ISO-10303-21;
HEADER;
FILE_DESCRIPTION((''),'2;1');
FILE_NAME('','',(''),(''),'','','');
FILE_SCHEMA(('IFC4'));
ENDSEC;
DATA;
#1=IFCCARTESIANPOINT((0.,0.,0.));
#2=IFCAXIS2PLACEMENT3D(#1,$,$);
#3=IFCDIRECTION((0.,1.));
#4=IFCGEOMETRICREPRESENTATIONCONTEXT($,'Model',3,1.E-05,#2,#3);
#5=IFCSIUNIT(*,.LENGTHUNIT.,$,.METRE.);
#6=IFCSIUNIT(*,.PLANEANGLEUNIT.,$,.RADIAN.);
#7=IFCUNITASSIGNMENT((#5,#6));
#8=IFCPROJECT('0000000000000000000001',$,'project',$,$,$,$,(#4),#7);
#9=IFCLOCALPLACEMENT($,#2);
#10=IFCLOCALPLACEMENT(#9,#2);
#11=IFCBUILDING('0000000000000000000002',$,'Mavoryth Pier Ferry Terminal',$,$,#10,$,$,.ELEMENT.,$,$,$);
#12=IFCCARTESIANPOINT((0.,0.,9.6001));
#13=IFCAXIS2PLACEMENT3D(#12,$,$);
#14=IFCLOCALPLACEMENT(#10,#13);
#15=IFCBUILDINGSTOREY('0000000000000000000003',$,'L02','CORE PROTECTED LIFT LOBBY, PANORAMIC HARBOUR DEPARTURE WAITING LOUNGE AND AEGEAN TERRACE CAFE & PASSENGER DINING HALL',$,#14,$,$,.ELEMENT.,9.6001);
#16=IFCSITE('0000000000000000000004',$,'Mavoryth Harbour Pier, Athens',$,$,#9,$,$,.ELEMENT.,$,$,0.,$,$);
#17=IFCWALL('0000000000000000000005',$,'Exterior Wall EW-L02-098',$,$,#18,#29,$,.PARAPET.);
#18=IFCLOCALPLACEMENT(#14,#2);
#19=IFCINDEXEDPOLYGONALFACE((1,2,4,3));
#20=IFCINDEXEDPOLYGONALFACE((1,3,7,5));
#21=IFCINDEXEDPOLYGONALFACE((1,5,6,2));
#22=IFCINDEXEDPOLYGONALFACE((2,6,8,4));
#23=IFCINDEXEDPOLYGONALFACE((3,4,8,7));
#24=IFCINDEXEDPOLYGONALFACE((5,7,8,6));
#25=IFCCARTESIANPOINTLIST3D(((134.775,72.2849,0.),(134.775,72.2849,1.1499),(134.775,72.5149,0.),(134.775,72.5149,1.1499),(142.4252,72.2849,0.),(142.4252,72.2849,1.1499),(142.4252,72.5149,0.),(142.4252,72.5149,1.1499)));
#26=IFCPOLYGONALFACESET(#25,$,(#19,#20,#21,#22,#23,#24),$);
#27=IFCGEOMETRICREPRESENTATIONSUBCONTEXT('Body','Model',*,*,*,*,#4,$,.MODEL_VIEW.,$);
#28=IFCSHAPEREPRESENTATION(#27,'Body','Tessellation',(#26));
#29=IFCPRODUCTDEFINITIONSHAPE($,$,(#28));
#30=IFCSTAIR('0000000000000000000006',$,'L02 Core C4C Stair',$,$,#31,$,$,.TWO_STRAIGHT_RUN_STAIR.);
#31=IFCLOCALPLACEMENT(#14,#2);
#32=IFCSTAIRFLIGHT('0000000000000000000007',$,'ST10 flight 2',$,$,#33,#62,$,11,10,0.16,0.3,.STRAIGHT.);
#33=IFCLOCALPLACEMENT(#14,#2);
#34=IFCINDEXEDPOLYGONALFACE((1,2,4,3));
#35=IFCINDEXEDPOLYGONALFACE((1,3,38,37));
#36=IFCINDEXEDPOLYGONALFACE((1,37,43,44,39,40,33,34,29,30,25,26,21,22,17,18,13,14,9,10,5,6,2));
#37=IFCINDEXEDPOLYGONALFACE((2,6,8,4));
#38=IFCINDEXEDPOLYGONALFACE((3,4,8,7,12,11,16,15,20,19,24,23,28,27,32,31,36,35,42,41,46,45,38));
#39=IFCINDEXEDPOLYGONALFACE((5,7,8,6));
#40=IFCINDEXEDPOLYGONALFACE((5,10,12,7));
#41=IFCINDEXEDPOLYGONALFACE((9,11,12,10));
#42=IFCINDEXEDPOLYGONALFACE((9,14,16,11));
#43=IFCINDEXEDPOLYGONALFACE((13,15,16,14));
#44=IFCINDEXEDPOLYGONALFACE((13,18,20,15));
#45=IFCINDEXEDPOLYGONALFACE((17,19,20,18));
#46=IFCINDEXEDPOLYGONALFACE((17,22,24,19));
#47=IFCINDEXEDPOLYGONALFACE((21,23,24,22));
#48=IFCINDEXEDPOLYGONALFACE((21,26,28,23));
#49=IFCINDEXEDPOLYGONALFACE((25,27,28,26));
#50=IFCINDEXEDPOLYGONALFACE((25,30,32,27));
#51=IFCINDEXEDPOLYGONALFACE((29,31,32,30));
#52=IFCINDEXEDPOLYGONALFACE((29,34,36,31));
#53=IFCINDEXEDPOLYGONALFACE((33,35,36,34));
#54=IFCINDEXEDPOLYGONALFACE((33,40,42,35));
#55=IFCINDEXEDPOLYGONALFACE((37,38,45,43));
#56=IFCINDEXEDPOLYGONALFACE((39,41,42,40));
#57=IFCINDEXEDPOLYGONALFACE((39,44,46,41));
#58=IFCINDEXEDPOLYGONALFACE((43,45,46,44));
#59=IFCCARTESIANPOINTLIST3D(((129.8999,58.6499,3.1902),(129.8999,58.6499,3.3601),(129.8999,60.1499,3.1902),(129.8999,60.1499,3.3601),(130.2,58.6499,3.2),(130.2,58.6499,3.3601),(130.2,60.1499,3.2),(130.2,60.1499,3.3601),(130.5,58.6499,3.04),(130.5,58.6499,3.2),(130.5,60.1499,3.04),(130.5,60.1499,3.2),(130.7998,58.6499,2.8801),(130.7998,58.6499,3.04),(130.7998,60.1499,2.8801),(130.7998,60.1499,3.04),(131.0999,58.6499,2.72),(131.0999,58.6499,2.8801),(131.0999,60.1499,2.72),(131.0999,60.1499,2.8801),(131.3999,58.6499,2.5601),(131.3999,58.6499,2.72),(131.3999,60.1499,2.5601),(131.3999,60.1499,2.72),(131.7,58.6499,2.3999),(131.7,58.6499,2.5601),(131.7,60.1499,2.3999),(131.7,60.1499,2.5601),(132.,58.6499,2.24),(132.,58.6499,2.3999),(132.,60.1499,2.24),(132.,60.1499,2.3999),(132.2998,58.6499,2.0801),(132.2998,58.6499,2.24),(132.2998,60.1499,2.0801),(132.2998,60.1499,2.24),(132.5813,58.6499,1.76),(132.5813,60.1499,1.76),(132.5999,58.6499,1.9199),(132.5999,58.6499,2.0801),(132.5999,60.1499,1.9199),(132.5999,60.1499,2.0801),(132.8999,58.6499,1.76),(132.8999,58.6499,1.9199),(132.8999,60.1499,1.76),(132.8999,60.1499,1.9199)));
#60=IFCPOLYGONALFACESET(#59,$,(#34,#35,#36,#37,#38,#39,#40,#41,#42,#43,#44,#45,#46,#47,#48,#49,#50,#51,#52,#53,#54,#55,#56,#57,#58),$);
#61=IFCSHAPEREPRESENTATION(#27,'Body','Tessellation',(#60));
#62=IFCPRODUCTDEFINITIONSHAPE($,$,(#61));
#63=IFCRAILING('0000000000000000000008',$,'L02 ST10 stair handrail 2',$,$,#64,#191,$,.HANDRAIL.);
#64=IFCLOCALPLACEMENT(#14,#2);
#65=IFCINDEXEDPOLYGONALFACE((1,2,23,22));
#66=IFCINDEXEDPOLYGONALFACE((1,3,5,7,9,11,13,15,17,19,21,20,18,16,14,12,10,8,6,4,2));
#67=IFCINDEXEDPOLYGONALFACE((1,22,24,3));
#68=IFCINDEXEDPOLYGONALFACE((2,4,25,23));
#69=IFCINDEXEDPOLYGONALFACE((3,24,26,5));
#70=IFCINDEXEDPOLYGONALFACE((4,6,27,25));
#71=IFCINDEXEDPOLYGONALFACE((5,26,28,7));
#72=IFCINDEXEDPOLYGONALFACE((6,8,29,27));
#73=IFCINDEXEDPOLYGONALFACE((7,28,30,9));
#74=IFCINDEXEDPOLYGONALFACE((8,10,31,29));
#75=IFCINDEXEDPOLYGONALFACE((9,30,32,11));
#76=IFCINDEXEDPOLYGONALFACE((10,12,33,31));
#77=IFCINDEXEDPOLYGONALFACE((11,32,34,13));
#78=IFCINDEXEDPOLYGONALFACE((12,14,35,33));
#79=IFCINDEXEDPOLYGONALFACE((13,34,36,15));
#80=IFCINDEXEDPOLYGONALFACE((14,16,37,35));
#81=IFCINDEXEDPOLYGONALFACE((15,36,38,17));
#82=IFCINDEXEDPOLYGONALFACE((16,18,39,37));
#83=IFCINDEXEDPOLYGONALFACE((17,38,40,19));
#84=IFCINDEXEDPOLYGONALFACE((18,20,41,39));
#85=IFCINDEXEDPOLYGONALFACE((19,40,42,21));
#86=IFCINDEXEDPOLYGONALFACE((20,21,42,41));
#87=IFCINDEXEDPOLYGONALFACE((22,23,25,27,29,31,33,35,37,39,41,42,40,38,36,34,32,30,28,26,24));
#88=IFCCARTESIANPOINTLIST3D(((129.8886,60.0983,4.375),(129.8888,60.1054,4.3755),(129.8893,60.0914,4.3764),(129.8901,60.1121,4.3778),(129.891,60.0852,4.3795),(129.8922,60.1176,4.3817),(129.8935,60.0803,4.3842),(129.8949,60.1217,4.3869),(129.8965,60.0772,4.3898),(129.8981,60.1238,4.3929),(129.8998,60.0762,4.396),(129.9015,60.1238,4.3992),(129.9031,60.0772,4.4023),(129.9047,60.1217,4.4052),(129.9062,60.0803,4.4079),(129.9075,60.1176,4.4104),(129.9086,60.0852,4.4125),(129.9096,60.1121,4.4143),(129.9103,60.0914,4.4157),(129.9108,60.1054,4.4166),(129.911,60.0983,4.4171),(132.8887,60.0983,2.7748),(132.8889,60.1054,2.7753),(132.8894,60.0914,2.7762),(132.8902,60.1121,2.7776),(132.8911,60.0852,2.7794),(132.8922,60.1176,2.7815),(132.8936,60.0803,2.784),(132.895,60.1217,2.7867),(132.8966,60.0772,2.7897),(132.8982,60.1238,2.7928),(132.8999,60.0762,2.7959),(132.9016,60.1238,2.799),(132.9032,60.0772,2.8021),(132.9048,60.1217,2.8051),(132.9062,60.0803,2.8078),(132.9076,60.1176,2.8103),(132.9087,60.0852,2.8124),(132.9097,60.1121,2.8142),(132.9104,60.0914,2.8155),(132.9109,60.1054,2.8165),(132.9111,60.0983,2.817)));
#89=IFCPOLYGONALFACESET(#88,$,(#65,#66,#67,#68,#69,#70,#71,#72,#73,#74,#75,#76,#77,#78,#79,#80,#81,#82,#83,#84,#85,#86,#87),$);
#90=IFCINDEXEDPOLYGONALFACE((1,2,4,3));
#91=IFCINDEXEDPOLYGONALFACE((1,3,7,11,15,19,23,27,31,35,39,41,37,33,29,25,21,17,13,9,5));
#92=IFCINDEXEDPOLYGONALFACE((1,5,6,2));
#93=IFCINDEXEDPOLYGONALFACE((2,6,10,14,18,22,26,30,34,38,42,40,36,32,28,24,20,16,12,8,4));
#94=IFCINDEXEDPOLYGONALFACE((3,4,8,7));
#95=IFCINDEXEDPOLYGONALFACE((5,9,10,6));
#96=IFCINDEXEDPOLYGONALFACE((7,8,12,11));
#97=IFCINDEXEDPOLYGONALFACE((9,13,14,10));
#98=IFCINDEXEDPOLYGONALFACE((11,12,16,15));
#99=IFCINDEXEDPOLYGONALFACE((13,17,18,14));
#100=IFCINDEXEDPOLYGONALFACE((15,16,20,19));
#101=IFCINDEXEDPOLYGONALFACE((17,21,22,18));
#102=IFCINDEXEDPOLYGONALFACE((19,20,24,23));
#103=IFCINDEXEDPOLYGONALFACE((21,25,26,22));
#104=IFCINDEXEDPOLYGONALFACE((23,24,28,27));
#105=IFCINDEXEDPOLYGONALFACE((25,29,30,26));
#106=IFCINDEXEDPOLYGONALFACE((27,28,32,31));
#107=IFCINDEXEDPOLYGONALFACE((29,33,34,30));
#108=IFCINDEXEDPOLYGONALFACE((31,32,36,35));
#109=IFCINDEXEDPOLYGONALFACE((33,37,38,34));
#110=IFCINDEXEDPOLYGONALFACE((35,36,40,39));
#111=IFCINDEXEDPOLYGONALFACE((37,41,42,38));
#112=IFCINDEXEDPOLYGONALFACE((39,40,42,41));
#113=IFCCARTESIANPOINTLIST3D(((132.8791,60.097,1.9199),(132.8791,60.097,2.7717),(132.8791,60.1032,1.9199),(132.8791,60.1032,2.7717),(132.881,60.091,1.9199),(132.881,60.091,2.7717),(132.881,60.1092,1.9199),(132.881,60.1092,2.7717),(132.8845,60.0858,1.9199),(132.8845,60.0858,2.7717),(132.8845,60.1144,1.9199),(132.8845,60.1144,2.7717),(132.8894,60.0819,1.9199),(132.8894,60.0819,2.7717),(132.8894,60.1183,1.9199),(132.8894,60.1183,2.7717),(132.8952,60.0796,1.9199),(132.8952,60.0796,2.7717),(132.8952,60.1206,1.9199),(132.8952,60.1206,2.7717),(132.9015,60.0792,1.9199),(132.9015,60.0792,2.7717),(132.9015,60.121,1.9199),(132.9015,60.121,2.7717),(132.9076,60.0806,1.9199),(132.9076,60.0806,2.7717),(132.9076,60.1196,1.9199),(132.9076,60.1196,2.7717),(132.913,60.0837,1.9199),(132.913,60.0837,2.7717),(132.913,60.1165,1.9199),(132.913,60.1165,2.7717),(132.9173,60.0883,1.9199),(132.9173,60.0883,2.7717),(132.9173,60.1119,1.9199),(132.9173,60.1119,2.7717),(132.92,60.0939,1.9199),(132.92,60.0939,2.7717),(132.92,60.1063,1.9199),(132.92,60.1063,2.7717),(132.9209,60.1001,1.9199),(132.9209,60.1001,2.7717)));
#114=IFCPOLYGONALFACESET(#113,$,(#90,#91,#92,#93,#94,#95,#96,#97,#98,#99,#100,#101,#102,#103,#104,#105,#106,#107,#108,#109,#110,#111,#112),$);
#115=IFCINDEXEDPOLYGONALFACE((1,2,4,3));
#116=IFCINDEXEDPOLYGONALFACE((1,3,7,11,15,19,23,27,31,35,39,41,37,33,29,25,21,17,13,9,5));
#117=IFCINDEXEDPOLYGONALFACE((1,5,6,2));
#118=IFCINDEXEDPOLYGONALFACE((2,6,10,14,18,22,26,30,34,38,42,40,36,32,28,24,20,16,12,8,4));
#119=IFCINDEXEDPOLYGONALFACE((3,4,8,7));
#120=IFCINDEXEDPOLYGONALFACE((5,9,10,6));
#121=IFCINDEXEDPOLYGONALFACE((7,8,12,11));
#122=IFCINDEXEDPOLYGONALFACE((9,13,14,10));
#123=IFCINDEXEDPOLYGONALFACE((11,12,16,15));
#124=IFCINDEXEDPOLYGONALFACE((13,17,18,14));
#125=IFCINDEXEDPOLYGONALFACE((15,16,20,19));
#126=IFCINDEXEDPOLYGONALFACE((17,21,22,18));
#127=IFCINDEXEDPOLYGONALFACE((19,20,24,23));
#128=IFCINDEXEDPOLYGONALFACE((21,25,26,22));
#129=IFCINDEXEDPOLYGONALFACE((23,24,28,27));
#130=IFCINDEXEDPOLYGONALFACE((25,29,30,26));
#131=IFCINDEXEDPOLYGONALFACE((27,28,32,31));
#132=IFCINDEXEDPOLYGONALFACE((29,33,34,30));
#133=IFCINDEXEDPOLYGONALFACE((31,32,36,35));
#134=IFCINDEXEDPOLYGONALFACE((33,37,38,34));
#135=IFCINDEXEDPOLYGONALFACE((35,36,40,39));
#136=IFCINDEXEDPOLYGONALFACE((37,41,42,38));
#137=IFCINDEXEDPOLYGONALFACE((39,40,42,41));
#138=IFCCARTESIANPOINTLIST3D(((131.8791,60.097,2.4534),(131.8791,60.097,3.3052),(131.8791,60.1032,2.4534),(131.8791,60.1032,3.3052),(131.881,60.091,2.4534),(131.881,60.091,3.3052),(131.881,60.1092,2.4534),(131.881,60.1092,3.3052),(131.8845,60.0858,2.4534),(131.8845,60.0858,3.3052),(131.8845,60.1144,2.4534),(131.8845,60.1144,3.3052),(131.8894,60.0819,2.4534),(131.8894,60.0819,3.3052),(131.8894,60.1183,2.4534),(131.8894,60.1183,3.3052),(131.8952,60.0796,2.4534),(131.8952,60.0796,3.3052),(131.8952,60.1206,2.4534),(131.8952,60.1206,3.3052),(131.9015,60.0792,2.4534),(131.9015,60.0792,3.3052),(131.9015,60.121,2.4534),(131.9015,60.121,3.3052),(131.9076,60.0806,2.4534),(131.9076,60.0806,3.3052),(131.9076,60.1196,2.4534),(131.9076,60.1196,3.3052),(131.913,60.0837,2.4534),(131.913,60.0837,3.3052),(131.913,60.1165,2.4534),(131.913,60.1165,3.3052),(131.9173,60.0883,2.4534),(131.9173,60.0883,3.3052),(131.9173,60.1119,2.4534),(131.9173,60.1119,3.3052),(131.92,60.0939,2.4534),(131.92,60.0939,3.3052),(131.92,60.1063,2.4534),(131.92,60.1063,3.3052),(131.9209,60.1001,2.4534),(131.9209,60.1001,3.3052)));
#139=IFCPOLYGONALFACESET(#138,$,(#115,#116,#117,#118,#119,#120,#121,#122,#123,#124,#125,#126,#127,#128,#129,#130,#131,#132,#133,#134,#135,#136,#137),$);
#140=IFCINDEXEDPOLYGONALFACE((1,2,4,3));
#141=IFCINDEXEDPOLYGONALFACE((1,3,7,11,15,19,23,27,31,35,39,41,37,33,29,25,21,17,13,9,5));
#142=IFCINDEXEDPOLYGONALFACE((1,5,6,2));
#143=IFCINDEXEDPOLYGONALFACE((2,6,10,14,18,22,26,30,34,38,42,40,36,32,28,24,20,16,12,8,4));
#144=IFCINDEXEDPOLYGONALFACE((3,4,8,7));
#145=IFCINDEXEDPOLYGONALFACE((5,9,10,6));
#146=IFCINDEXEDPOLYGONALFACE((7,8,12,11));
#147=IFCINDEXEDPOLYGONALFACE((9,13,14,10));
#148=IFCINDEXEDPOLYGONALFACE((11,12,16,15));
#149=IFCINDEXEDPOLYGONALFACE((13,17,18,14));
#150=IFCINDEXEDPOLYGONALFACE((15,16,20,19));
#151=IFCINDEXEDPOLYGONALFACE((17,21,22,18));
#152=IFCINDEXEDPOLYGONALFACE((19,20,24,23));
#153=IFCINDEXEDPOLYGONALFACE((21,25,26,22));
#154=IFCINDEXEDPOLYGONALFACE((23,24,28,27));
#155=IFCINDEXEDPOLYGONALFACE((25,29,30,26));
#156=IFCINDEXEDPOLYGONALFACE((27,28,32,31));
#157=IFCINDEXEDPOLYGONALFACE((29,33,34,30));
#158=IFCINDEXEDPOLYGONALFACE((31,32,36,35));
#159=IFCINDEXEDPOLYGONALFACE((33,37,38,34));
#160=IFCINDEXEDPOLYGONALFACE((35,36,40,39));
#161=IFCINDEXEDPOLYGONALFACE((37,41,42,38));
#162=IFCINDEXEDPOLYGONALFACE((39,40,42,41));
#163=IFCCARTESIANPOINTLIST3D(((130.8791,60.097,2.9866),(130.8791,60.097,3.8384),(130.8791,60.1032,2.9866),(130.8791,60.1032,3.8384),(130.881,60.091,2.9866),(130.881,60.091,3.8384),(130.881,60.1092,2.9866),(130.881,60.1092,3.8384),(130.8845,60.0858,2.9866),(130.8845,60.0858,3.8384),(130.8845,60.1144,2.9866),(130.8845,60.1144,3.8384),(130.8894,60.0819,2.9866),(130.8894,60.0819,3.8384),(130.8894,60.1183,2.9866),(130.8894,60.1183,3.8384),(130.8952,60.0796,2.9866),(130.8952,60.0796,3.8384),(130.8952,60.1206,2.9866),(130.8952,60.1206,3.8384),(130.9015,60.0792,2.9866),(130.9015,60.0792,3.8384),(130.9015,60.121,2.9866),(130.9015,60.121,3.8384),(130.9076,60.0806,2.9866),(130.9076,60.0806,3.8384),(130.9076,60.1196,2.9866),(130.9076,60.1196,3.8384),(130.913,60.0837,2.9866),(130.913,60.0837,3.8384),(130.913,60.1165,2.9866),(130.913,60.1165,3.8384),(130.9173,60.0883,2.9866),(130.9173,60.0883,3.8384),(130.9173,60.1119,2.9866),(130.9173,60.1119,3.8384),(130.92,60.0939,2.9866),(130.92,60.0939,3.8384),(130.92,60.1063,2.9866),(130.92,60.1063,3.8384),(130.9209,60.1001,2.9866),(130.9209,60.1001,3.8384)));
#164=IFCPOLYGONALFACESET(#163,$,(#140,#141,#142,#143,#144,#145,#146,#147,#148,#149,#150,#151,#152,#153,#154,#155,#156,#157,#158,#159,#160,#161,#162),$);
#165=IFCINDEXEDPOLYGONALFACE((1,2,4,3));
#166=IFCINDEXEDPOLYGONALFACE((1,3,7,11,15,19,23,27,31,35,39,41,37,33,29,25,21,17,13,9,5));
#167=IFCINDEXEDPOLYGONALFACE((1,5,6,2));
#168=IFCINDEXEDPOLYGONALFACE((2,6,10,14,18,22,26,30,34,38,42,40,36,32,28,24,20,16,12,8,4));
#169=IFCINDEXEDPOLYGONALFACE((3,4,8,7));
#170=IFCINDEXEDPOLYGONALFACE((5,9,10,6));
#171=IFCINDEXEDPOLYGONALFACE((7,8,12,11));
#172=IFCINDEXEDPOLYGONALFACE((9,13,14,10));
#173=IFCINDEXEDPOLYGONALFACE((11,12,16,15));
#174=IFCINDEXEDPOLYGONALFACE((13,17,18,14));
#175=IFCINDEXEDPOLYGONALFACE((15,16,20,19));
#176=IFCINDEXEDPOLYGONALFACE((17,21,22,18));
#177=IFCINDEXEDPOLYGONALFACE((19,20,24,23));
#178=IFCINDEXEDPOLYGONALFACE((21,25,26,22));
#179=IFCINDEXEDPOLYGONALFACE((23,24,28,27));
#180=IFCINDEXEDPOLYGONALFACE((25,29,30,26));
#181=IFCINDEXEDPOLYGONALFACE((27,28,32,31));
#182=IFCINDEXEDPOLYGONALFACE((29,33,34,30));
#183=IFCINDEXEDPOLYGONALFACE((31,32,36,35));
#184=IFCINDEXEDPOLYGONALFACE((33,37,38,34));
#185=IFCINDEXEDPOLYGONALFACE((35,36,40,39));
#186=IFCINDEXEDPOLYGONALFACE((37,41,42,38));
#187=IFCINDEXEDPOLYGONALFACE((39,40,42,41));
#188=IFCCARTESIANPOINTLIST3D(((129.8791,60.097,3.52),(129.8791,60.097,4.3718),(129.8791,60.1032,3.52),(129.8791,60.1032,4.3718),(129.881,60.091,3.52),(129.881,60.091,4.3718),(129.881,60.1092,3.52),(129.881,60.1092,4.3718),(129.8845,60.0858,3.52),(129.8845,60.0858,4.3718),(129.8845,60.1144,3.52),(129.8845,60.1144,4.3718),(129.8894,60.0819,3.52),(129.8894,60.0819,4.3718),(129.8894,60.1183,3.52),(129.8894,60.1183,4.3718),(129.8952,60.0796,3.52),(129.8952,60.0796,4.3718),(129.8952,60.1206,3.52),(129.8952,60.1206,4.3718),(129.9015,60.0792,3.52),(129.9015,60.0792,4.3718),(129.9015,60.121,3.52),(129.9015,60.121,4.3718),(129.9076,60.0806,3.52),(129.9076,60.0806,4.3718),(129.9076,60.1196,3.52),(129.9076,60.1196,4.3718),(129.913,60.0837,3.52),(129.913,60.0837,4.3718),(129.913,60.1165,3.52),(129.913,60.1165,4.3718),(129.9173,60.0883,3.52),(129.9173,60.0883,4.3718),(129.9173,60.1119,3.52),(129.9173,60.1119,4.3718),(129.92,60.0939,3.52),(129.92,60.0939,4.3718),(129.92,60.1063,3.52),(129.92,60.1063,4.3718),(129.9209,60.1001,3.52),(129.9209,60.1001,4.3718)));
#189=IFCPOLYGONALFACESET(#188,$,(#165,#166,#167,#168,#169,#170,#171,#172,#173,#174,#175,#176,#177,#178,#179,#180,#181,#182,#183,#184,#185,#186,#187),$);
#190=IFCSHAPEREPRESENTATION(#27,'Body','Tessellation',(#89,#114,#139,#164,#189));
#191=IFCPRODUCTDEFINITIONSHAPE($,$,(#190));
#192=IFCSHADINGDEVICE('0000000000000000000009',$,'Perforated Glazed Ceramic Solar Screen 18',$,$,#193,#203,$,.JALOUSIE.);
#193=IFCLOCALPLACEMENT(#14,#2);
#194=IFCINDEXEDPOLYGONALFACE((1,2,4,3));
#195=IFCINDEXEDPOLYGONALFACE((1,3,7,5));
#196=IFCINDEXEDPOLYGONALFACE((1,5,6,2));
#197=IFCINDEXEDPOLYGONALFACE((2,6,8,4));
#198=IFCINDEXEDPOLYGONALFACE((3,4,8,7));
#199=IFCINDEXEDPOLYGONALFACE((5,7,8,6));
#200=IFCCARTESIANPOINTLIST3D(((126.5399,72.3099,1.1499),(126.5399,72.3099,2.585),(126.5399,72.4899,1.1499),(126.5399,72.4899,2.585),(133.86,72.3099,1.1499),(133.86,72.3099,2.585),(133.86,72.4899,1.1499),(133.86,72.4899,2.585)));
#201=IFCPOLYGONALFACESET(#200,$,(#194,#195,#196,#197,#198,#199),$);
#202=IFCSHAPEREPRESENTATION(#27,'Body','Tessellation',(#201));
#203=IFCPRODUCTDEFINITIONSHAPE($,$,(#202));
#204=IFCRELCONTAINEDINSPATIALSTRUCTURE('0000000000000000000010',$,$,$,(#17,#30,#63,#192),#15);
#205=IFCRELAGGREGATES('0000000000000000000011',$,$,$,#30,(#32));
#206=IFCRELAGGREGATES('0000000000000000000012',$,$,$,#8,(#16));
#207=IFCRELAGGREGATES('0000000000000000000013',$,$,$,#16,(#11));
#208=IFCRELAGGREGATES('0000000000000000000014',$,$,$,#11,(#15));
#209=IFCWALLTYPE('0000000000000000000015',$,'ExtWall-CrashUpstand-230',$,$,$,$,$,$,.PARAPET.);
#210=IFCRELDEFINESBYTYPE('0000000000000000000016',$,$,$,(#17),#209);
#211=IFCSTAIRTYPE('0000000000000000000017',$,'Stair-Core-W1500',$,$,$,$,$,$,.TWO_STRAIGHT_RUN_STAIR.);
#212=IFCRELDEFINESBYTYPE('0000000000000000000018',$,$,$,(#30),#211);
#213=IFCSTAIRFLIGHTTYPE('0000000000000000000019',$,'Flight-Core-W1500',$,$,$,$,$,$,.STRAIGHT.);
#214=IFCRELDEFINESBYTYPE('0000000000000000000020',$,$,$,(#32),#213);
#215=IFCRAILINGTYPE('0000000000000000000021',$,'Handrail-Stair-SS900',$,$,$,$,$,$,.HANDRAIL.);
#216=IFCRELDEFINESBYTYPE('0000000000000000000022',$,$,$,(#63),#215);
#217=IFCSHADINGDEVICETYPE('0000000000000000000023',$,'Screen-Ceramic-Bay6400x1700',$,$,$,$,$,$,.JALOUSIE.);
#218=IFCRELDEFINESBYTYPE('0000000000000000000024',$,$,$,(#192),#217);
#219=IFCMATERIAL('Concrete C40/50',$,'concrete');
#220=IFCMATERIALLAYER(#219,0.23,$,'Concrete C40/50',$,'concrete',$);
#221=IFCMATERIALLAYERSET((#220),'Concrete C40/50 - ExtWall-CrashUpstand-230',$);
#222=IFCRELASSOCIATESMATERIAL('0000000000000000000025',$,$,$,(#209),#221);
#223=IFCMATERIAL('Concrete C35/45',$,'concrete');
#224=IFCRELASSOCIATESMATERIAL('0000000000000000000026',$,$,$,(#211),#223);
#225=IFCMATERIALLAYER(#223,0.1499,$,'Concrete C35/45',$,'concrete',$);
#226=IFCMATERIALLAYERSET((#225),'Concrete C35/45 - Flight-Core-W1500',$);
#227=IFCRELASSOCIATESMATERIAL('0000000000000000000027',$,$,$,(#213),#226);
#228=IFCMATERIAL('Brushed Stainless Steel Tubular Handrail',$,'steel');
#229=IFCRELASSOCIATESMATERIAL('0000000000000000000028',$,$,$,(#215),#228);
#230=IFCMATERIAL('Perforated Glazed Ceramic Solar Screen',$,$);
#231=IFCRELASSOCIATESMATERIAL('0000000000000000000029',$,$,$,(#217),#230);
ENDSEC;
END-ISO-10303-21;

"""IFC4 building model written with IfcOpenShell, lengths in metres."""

from ifc_helpers import new_model, si_unit, direction, frame, frame_2d, origin, origin_2d, place, context, subcontext, project, spatial, polyline, rectangle, circle, outline, extrude, material, layer, layer_set, type_object, element, aggregate, save


model = new_model("IFC4")

# Units and contexts
model_context = context("Model", 3, precision=1e-05, world=origin(), true_north=direction((0.0, 1.0)))
body_context = subcontext(model_context, "Body", "Model", "MODEL_VIEW")
ifc_project = project(units=[si_unit("LENGTHUNIT", "METRE"), si_unit("PLANEANGLEUNIT", "RADIAN")], contexts=[model_context])

# Site, building, storey
site_placement = place(None, origin())
site = spatial("IfcSite", under=ifc_project, at=site_placement, Name="Mavoryth Harbour Pier, Athens", CompositionType="ELEMENT", RefElevation=0.0)
building_placement = place(site_placement, origin())
building = spatial("IfcBuilding", under=site, at=building_placement, Name="Mavoryth Pier Ferry Terminal", CompositionType="ELEMENT")
storey_placement = place(building_placement, frame((0.0, 0.0, 9.6001)))
storey = spatial("IfcBuildingStorey", under=building, at=storey_placement, Name="L02", Description="CORE PROTECTED LIFT LOBBY, PANORAMIC HARBOUR DEPARTURE WAITING LOUNGE AND AEGEAN TERRACE CAFE & PASSENGER DINING HALL", CompositionType="ELEMENT", Elevation=9.6001)

# Shared definitions
ifc_material_1 = material(Name="Concrete C40/50", Category="concrete")

# Shared definitions
ifc_material_2 = material(Name="Concrete C35/45", Category="concrete")

# Wall
ifc_layer_1 = layer(ifc_material_1, 0.23, Name="Concrete C40/50", Category="concrete")
ifc_layer_set_1 = layer_set([ifc_layer_1], Name="Concrete C40/50 - ExtWall-CrashUpstand-230")
wall_type_1 = type_object("IfcWallType", Name="ExtWall-CrashUpstand-230", PredefinedType="PARAPET", material=ifc_layer_set_1)
wall_1_placement = place(storey_placement, frame((134.7749, 72.3999, 0.0), z_axis=(0.0, 0.0, 1.0), x_axis=(1.0, 0.0, 0.0)))
element("IfcWall", 1, at=wall_1_placement, inside=storey, type_object=wall_type_1, Name="Exterior Wall EW-L02-098", PredefinedType="PARAPET", context=body_context, shape_type="SweptSolid", body=[
    extrude(rectangle(XDim=7.6501, YDim=0.23, at=frame_2d((3.8252, 0.0))), origin(), (0.0, 0.0, 1.0), 1.1499),
])

# Stair, stair flight
stair_type = type_object("IfcStairType", Name="Stair-Core-W1500", PredefinedType="TWO_STRAIGHT_RUN_STAIR", material=ifc_material_2)
stair_placement = place(storey_placement, origin())
stair = element("IfcStair", 2, at=stair_placement, inside=storey, type_object=stair_type, Name="L02 Core C4C Stair", PredefinedType="TWO_STRAIGHT_RUN_STAIR")
ifc_layer_2 = layer(ifc_material_2, 0.1499, Name="Concrete C35/45", Category="concrete")
ifc_layer_set_2 = layer_set([ifc_layer_2], Name="Concrete C35/45 - Flight-Core-W1500")
stair_flight_type = type_object("IfcStairFlightType", Name="Flight-Core-W1500", PredefinedType="STRAIGHT", material=ifc_layer_set_2)
stair_flight_placement = place(storey_placement, frame((132.8999, 59.3999, 1.76), z_axis=(0.0, 0.0, 1.0), x_axis=(-1.0, 0.0, 0.0)))
stair_flight = element("IfcStairFlight", 3, at=stair_flight_placement, type_object=stair_flight_type, Name="ST10 flight 2", NumberOfRisers=11, NumberOfTreads=10, PredefinedType="STRAIGHT", RiserHeight=0.16, TreadLength=0.3, context=body_context, shape_type="SweptSolid", body=[
    extrude(outline(polyline([(0.0, 0.0), (0.0, 0.1599), (0.3, 0.1599), (0.3, 0.3201), (0.6001, 0.3201), (0.6001, 0.48), (0.8999, 0.48), (0.8999, 0.6399), (1.2, 0.6399), (1.2, 0.8), (1.5, 0.8), (1.5, 0.96), (1.8, 0.96), (1.8, 1.1201), (2.1001, 1.1201), (2.1001, 1.28), (2.3999, 1.28), (2.3999, 1.4399), (2.7, 1.4399), (2.7, 1.6001), (3.0, 1.6001), (3.0, 1.76), (3.0, 1.4302), (0.3186, 0.0), (0.0, 0.0)])), frame((0.0, 0.75, 0.0), z_axis=(0.0, -1.0, 0.0), x_axis=(1.0, 0.0, 0.0)), (0.0, 0.0, 1.0), 1.5),
])
aggregate(stair, [stair_flight])

# Railing
ifc_material_3 = material(Name="Brushed Stainless Steel Tubular Handrail", Category="steel")
railing_type = type_object("IfcRailingType", Name="Handrail-Stair-SS900", PredefinedType="HANDRAIL", material=ifc_material_3)
railing_placement = place(storey_placement, frame((132.8999, 60.1001, 1.9199)))
element("IfcRailing", 4, at=railing_placement, inside=storey, type_object=railing_type, Name="L02 ST10 stair handrail 2", PredefinedType="HANDRAIL", context=body_context, shape_type="SweptSolid", body=[
    extrude(circle(Radius=0.0239, at=origin_2d()), frame((0.0, 0.0, 0.876), z_axis=(-0.882341, 0.0, 0.470611), x_axis=(0.0, -1.0, 0.0)), (0.0, 0.0, 1.0), 3.4001),
    extrude(circle(Radius=0.021, at=origin_2d()), origin(), (0.0, 0.0, 1.0), 0.8518),
    extrude(circle(Radius=0.021, at=origin_2d()), frame((-1.0, 0.0, 0.5334)), (0.0, 0.0, 1.0), 0.8518),
    extrude(circle(Radius=0.021, at=origin_2d()), frame((-2.0, 0.0, 1.0667)), (0.0, 0.0, 1.0), 0.8518),
    extrude(circle(Radius=0.021, at=origin_2d()), frame((-3.0, 0.0, 1.6001)), (0.0, 0.0, 1.0), 0.8518),
])

# Shading device
ifc_material_4 = material(Name="Perforated Glazed Ceramic Solar Screen")
shading_device_type = type_object("IfcShadingDeviceType", Name="Screen-Ceramic-Bay6400x1700", PredefinedType="JALOUSIE", material=ifc_material_4)
shading_device_placement = place(storey_placement, frame((130.2, 72.3999, 1.1499), z_axis=(0.0, 0.0, 1.0), x_axis=(1.0, 0.0, 0.0)))
element("IfcShadingDevice", 5, at=shading_device_placement, inside=storey, type_object=shading_device_type, Name="Perforated Glazed Ceramic Solar Screen 18", PredefinedType="JALOUSIE", context=body_context, shape_type="SweptSolid", body=[
    extrude(rectangle(XDim=7.3201, YDim=0.1799, at=origin_2d()), origin(), (0.0, 0.0, 1.0), 1.4351),
])

save(model, "model.ifc")
